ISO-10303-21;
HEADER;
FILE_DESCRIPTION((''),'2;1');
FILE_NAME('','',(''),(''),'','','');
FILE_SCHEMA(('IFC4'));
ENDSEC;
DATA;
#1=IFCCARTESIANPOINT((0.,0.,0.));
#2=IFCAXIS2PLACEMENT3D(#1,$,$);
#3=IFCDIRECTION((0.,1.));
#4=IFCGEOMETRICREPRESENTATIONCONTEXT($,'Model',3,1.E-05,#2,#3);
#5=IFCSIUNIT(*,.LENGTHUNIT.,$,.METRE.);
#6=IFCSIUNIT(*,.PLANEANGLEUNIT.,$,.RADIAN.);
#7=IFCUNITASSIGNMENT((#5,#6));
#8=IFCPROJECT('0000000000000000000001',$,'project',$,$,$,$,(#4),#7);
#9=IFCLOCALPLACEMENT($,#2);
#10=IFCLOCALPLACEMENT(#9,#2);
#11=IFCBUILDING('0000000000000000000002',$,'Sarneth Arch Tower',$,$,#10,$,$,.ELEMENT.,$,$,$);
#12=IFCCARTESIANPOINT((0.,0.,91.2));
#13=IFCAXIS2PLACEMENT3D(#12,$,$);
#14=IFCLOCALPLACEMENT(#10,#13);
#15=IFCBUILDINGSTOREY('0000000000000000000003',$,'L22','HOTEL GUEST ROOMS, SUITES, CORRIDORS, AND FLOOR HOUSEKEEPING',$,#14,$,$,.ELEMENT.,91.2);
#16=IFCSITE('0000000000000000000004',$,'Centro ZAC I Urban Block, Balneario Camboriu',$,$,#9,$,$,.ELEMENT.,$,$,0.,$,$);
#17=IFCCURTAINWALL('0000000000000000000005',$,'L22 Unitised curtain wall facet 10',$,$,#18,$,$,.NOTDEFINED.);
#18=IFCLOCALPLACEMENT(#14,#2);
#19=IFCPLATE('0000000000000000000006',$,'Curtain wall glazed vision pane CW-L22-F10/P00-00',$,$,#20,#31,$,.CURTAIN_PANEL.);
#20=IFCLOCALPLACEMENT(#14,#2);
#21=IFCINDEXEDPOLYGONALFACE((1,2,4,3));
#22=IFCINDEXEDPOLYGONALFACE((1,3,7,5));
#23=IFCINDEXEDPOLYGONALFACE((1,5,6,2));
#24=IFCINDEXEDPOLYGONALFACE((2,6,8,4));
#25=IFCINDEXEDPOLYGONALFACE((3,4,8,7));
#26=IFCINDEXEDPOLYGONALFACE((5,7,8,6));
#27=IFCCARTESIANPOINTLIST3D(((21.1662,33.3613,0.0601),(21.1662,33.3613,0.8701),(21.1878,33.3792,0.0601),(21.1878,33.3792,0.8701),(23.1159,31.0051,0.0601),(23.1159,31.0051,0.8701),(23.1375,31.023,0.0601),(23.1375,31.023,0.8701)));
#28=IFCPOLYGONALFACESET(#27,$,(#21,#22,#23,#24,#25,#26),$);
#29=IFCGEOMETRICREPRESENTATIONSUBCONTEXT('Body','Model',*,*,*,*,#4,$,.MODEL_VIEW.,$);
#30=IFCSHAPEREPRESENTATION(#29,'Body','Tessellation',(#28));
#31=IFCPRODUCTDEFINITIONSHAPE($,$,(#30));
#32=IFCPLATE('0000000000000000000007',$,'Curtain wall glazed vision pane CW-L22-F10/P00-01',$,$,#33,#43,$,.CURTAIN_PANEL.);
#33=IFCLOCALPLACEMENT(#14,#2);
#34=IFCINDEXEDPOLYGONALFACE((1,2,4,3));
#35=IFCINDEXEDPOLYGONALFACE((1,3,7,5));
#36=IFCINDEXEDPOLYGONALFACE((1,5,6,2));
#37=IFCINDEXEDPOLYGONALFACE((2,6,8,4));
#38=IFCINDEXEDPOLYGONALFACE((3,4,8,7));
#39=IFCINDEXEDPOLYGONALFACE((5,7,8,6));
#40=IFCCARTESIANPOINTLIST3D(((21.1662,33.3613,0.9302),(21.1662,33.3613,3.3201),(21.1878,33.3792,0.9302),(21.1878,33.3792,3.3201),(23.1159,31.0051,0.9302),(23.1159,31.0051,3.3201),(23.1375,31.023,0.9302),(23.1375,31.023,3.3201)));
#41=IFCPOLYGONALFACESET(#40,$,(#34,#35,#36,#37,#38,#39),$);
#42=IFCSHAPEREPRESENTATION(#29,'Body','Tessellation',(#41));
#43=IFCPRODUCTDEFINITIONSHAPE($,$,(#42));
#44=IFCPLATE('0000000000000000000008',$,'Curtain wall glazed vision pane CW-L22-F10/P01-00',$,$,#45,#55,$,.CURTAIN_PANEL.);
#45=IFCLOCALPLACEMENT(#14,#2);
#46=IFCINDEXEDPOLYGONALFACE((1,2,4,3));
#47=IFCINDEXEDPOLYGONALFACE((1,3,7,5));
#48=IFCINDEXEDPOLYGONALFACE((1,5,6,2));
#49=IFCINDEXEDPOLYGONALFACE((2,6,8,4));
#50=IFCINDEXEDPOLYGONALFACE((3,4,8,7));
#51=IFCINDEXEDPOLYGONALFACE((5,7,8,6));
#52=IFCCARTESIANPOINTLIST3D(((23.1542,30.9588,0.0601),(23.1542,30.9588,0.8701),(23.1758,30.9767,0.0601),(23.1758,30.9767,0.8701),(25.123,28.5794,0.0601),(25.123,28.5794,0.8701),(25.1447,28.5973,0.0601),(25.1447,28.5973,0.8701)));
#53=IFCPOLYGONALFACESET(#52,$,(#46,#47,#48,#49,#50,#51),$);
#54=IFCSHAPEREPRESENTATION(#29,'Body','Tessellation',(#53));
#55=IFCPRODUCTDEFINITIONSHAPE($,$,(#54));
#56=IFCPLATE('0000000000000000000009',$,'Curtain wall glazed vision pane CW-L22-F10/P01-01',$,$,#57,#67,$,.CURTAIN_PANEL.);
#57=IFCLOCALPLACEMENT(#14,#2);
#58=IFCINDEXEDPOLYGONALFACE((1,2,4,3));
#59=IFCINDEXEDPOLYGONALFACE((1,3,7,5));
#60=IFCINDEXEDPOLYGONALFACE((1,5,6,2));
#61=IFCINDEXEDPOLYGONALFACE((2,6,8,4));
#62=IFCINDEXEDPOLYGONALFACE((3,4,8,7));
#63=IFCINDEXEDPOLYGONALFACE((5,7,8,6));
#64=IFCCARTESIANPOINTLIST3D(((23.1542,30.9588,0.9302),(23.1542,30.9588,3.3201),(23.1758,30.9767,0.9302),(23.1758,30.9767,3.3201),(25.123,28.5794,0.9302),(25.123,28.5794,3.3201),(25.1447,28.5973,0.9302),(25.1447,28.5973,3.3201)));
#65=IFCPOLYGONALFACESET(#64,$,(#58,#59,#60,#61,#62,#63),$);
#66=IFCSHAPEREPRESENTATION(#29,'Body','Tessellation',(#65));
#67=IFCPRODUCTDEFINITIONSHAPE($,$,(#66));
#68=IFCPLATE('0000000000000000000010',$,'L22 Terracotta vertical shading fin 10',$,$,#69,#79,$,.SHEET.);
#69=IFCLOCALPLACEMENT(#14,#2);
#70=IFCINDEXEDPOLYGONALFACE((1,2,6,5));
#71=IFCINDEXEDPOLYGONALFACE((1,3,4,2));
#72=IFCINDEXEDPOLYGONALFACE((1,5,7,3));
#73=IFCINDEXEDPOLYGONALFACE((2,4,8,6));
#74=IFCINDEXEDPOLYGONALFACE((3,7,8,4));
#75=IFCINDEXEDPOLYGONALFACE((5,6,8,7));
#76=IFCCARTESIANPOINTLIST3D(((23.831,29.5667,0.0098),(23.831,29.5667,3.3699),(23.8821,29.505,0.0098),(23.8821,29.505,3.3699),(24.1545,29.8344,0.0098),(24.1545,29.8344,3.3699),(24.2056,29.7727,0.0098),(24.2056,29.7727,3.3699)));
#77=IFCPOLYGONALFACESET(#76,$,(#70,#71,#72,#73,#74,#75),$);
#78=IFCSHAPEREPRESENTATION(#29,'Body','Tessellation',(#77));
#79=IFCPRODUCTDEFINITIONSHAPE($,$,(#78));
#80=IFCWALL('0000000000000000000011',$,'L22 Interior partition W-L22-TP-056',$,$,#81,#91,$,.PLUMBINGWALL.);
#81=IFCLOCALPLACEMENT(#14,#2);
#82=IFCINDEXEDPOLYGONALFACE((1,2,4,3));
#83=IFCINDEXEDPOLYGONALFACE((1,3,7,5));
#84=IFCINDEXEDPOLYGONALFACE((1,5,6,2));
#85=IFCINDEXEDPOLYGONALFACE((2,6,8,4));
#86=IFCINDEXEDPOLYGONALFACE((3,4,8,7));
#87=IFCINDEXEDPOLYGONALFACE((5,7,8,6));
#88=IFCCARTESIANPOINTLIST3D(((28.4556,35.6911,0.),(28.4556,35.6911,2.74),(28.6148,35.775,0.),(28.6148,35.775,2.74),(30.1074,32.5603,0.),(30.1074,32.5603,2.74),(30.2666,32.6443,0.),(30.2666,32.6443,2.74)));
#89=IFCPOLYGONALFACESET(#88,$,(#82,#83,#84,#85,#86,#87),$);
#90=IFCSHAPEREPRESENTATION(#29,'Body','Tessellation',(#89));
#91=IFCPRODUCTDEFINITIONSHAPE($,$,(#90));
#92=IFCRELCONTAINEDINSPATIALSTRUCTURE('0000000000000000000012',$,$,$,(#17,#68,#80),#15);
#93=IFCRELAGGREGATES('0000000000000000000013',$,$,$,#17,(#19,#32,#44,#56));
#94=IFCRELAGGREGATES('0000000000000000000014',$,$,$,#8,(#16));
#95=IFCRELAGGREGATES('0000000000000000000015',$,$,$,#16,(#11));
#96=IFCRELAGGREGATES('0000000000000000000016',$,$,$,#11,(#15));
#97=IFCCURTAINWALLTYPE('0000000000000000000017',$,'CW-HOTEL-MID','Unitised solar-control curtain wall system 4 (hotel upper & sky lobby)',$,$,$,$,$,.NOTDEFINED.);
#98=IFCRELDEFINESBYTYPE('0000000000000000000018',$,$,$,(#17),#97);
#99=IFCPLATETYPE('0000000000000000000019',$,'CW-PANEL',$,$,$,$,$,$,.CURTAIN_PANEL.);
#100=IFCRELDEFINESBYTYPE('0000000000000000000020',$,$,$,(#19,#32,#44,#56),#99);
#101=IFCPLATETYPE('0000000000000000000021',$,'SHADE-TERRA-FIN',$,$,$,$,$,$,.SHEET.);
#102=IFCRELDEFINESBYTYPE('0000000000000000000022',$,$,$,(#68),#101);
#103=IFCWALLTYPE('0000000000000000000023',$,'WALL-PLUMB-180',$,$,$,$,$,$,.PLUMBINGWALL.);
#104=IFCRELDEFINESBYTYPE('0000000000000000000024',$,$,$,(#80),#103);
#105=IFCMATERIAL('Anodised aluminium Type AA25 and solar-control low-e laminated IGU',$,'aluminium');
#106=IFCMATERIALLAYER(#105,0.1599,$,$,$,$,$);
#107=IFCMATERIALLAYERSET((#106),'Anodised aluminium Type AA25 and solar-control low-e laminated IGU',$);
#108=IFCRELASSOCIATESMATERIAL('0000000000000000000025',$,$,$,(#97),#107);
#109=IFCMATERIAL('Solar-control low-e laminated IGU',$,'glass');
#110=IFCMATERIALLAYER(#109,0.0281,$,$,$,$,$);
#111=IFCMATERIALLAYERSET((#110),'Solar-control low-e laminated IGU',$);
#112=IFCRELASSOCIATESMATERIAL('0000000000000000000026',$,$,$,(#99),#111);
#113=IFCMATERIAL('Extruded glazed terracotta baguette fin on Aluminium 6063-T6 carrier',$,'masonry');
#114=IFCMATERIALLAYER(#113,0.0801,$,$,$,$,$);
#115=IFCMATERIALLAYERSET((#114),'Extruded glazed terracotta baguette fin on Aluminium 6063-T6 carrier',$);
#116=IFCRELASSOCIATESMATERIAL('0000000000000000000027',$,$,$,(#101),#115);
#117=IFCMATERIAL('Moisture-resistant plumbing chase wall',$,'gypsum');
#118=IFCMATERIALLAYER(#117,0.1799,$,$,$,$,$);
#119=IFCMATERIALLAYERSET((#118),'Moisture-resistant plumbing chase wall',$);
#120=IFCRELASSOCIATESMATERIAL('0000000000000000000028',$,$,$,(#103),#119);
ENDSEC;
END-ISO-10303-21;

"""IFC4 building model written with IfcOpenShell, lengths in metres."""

from ifc_helpers import new_model, si_unit, direction, frame, frame_2d, origin, origin_2d, place, context, subcontext, project, spatial, rectangle, extrude, material, layer, layer_set, type_object, element, aggregate, save


model = new_model("IFC4")

# Units and contexts
model_context = context("Model", 3, precision=1e-05, world=origin(), true_north=direction((0.0, 1.0)))
body_context = subcontext(model_context, "Body", "Model", "MODEL_VIEW")
ifc_project = project(units=[si_unit("LENGTHUNIT", "METRE"), si_unit("PLANEANGLEUNIT", "RADIAN")], contexts=[model_context])

# Site, building, storey
site_placement = place(None, origin())
site = spatial("IfcSite", under=ifc_project, at=site_placement, Name="Centro ZAC I Urban Block, Balneario Camboriu", CompositionType="ELEMENT", RefElevation=0.0)
building_placement = place(site_placement, origin())
building = spatial("IfcBuilding", under=site, at=building_placement, Name="Sarneth Arch Tower", CompositionType="ELEMENT")
storey_placement = place(building_placement, frame((0.0, 0.0, 91.2)))
storey = spatial("IfcBuildingStorey", under=building, at=storey_placement, Name="L22", Description="HOTEL GUEST ROOMS, SUITES, CORRIDORS, AND FLOOR HOUSEKEEPING", CompositionType="ELEMENT", Elevation=91.2)

# Curtain wall, plates
ifc_material_1 = material(Name="Anodised aluminium Type AA25 and solar-control low-e laminated IGU", Category="aluminium")
ifc_layer_1 = layer(ifc_material_1, 0.1599)
ifc_layer_set_1 = layer_set([ifc_layer_1], Name="Anodised aluminium Type AA25 and solar-control low-e laminated IGU")
curtain_wall_type = type_object("IfcCurtainWallType", Name="CW-HOTEL-MID", Description="Unitised solar-control curtain wall system 4 (hotel upper & sky lobby)", PredefinedType="NOTDEFINED", material=ifc_layer_set_1)
curtain_wall_placement = place(storey_placement, origin())
curtain_wall = element("IfcCurtainWall", 1, at=curtain_wall_placement, inside=storey, type_object=curtain_wall_type, Name="L22 Unitised curtain wall facet 10", PredefinedType="NOTDEFINED")
ifc_material_2 = material(Name="Solar-control low-e laminated IGU", Category="glass")
ifc_layer_2 = layer(ifc_material_2, 0.0281)
ifc_layer_set_2 = layer_set([ifc_layer_2], Name="Solar-control low-e laminated IGU")
plate_type_1 = type_object("IfcPlateType", Name="CW-PANEL", PredefinedType="CURTAIN_PANEL", material=ifc_layer_set_2)
plate_1_placement = place(storey_placement, frame((22.1519, 32.1921, 0.0601), z_axis=(0.0, 0.0, 1.0), x_axis=(0.637515, -0.770438, 0.0)))
plate_1 = element("IfcPlate", 2, at=plate_1_placement, type_object=plate_type_1, Name="Curtain wall glazed vision pane CW-L22-F10/P00-00", PredefinedType="CURTAIN_PANEL", context=body_context, shape_type="SweptSolid", body=[
    extrude(rectangle(XDim=3.0583, YDim=0.0281, at=origin_2d()), origin(), (0.0, 0.0, 1.0), 0.8101),
])
plate_2_placement = place(storey_placement, frame((22.1519, 32.1921, 0.9302), z_axis=(0.0, 0.0, 1.0), x_axis=(0.637515, -0.770438, 0.0)))
plate_2 = element("IfcPlate", 3, at=plate_2_placement, type_object=plate_type_1, Name="Curtain wall glazed vision pane CW-L22-F10/P00-01", PredefinedType="CURTAIN_PANEL", context=body_context, shape_type="SweptSolid", body=[
    extrude(rectangle(XDim=3.0583, YDim=0.0281, at=origin_2d()), origin(), (0.0, 0.0, 1.0), 2.3899),
])
plate_3_placement = place(storey_placement, frame((24.1494, 29.7781, 0.0601), z_axis=(0.0, 0.0, 1.0), x_axis=(0.637515, -0.770438, 0.0)))
plate_3 = element("IfcPlate", 4, at=plate_3_placement, type_object=plate_type_1, Name="Curtain wall glazed vision pane CW-L22-F10/P01-00", PredefinedType="CURTAIN_PANEL", context=body_context, shape_type="SweptSolid", body=[
    extrude(rectangle(XDim=3.0884, YDim=0.0281, at=origin_2d()), origin(), (0.0, 0.0, 1.0), 0.8101),
])
plate_4_placement = place(storey_placement, frame((24.1494, 29.7781, 0.9302), z_axis=(0.0, 0.0, 1.0), x_axis=(0.637515, -0.770438, 0.0)))
plate_4 = element("IfcPlate", 5, at=plate_4_placement, type_object=plate_type_1, Name="Curtain wall glazed vision pane CW-L22-F10/P01-01", PredefinedType="CURTAIN_PANEL", context=body_context, shape_type="SweptSolid", body=[
    extrude(rectangle(XDim=3.0884, YDim=0.0281, at=origin_2d()), origin(), (0.0, 0.0, 1.0), 2.3899),
])
aggregate(curtain_wall, [plate_1, plate_2, plate_3, plate_4])

# Plate
ifc_material_3 = material(Name="Extruded glazed terracotta baguette fin on Aluminium 6063-T6 carrier", Category="masonry")
ifc_layer_3 = layer(ifc_material_3, 0.0801)
ifc_layer_set_3 = layer_set([ifc_layer_3], Name="Extruded glazed terracotta baguette fin on Aluminium 6063-T6 carrier")
plate_type_2 = type_object("IfcPlateType", Name="SHADE-TERRA-FIN", PredefinedType="SHEET", material=ifc_layer_set_3)
plate_5_placement = place(storey_placement, frame((24.0183, 29.6697, 0.0098), z_axis=(0.0, 0.0, 1.0), x_axis=(-0.770402, -0.637558, 0.0)))
element("IfcPlate", 6, at=plate_5_placement, inside=storey, type_object=plate_type_2, Name="L22 Terracotta vertical shading fin 10", PredefinedType="SHEET", context=body_context, shape_type="SweptSolid", body=[
    extrude(rectangle(XDim=0.4199, YDim=0.0801, at=origin_2d()), origin(), (0.0, 0.0, 1.0), 3.3601),
])

# Wall
ifc_material_4 = material(Name="Moisture-resistant plumbing chase wall", Category="gypsum")
ifc_layer_4 = layer(ifc_material_4, 0.1799)
ifc_layer_set_4 = layer_set([ifc_layer_4], Name="Moisture-resistant plumbing chase wall")
wall_type = type_object("IfcWallType", Name="WALL-PLUMB-180", PredefinedType="PLUMBINGWALL", material=ifc_layer_set_4)
wall_placement = place(storey_placement, frame((28.5352, 35.7332, 0.0), z_axis=(0.0, 0.0, 1.0), x_axis=(0.466639, -0.884448, 0.0)))
element("IfcWall", 7, at=wall_placement, inside=storey, type_object=wall_type, Name="L22 Interior partition W-L22-TP-056", PredefinedType="PLUMBINGWALL", context=body_context, shape_type="SweptSolid", body=[
    extrude(rectangle(XDim=3.5398, YDim=0.1799, at=frame_2d((1.77, 0.0))), origin(), (0.0, 0.0, 1.0), 2.74),
])

save(model, "model.ifc")
